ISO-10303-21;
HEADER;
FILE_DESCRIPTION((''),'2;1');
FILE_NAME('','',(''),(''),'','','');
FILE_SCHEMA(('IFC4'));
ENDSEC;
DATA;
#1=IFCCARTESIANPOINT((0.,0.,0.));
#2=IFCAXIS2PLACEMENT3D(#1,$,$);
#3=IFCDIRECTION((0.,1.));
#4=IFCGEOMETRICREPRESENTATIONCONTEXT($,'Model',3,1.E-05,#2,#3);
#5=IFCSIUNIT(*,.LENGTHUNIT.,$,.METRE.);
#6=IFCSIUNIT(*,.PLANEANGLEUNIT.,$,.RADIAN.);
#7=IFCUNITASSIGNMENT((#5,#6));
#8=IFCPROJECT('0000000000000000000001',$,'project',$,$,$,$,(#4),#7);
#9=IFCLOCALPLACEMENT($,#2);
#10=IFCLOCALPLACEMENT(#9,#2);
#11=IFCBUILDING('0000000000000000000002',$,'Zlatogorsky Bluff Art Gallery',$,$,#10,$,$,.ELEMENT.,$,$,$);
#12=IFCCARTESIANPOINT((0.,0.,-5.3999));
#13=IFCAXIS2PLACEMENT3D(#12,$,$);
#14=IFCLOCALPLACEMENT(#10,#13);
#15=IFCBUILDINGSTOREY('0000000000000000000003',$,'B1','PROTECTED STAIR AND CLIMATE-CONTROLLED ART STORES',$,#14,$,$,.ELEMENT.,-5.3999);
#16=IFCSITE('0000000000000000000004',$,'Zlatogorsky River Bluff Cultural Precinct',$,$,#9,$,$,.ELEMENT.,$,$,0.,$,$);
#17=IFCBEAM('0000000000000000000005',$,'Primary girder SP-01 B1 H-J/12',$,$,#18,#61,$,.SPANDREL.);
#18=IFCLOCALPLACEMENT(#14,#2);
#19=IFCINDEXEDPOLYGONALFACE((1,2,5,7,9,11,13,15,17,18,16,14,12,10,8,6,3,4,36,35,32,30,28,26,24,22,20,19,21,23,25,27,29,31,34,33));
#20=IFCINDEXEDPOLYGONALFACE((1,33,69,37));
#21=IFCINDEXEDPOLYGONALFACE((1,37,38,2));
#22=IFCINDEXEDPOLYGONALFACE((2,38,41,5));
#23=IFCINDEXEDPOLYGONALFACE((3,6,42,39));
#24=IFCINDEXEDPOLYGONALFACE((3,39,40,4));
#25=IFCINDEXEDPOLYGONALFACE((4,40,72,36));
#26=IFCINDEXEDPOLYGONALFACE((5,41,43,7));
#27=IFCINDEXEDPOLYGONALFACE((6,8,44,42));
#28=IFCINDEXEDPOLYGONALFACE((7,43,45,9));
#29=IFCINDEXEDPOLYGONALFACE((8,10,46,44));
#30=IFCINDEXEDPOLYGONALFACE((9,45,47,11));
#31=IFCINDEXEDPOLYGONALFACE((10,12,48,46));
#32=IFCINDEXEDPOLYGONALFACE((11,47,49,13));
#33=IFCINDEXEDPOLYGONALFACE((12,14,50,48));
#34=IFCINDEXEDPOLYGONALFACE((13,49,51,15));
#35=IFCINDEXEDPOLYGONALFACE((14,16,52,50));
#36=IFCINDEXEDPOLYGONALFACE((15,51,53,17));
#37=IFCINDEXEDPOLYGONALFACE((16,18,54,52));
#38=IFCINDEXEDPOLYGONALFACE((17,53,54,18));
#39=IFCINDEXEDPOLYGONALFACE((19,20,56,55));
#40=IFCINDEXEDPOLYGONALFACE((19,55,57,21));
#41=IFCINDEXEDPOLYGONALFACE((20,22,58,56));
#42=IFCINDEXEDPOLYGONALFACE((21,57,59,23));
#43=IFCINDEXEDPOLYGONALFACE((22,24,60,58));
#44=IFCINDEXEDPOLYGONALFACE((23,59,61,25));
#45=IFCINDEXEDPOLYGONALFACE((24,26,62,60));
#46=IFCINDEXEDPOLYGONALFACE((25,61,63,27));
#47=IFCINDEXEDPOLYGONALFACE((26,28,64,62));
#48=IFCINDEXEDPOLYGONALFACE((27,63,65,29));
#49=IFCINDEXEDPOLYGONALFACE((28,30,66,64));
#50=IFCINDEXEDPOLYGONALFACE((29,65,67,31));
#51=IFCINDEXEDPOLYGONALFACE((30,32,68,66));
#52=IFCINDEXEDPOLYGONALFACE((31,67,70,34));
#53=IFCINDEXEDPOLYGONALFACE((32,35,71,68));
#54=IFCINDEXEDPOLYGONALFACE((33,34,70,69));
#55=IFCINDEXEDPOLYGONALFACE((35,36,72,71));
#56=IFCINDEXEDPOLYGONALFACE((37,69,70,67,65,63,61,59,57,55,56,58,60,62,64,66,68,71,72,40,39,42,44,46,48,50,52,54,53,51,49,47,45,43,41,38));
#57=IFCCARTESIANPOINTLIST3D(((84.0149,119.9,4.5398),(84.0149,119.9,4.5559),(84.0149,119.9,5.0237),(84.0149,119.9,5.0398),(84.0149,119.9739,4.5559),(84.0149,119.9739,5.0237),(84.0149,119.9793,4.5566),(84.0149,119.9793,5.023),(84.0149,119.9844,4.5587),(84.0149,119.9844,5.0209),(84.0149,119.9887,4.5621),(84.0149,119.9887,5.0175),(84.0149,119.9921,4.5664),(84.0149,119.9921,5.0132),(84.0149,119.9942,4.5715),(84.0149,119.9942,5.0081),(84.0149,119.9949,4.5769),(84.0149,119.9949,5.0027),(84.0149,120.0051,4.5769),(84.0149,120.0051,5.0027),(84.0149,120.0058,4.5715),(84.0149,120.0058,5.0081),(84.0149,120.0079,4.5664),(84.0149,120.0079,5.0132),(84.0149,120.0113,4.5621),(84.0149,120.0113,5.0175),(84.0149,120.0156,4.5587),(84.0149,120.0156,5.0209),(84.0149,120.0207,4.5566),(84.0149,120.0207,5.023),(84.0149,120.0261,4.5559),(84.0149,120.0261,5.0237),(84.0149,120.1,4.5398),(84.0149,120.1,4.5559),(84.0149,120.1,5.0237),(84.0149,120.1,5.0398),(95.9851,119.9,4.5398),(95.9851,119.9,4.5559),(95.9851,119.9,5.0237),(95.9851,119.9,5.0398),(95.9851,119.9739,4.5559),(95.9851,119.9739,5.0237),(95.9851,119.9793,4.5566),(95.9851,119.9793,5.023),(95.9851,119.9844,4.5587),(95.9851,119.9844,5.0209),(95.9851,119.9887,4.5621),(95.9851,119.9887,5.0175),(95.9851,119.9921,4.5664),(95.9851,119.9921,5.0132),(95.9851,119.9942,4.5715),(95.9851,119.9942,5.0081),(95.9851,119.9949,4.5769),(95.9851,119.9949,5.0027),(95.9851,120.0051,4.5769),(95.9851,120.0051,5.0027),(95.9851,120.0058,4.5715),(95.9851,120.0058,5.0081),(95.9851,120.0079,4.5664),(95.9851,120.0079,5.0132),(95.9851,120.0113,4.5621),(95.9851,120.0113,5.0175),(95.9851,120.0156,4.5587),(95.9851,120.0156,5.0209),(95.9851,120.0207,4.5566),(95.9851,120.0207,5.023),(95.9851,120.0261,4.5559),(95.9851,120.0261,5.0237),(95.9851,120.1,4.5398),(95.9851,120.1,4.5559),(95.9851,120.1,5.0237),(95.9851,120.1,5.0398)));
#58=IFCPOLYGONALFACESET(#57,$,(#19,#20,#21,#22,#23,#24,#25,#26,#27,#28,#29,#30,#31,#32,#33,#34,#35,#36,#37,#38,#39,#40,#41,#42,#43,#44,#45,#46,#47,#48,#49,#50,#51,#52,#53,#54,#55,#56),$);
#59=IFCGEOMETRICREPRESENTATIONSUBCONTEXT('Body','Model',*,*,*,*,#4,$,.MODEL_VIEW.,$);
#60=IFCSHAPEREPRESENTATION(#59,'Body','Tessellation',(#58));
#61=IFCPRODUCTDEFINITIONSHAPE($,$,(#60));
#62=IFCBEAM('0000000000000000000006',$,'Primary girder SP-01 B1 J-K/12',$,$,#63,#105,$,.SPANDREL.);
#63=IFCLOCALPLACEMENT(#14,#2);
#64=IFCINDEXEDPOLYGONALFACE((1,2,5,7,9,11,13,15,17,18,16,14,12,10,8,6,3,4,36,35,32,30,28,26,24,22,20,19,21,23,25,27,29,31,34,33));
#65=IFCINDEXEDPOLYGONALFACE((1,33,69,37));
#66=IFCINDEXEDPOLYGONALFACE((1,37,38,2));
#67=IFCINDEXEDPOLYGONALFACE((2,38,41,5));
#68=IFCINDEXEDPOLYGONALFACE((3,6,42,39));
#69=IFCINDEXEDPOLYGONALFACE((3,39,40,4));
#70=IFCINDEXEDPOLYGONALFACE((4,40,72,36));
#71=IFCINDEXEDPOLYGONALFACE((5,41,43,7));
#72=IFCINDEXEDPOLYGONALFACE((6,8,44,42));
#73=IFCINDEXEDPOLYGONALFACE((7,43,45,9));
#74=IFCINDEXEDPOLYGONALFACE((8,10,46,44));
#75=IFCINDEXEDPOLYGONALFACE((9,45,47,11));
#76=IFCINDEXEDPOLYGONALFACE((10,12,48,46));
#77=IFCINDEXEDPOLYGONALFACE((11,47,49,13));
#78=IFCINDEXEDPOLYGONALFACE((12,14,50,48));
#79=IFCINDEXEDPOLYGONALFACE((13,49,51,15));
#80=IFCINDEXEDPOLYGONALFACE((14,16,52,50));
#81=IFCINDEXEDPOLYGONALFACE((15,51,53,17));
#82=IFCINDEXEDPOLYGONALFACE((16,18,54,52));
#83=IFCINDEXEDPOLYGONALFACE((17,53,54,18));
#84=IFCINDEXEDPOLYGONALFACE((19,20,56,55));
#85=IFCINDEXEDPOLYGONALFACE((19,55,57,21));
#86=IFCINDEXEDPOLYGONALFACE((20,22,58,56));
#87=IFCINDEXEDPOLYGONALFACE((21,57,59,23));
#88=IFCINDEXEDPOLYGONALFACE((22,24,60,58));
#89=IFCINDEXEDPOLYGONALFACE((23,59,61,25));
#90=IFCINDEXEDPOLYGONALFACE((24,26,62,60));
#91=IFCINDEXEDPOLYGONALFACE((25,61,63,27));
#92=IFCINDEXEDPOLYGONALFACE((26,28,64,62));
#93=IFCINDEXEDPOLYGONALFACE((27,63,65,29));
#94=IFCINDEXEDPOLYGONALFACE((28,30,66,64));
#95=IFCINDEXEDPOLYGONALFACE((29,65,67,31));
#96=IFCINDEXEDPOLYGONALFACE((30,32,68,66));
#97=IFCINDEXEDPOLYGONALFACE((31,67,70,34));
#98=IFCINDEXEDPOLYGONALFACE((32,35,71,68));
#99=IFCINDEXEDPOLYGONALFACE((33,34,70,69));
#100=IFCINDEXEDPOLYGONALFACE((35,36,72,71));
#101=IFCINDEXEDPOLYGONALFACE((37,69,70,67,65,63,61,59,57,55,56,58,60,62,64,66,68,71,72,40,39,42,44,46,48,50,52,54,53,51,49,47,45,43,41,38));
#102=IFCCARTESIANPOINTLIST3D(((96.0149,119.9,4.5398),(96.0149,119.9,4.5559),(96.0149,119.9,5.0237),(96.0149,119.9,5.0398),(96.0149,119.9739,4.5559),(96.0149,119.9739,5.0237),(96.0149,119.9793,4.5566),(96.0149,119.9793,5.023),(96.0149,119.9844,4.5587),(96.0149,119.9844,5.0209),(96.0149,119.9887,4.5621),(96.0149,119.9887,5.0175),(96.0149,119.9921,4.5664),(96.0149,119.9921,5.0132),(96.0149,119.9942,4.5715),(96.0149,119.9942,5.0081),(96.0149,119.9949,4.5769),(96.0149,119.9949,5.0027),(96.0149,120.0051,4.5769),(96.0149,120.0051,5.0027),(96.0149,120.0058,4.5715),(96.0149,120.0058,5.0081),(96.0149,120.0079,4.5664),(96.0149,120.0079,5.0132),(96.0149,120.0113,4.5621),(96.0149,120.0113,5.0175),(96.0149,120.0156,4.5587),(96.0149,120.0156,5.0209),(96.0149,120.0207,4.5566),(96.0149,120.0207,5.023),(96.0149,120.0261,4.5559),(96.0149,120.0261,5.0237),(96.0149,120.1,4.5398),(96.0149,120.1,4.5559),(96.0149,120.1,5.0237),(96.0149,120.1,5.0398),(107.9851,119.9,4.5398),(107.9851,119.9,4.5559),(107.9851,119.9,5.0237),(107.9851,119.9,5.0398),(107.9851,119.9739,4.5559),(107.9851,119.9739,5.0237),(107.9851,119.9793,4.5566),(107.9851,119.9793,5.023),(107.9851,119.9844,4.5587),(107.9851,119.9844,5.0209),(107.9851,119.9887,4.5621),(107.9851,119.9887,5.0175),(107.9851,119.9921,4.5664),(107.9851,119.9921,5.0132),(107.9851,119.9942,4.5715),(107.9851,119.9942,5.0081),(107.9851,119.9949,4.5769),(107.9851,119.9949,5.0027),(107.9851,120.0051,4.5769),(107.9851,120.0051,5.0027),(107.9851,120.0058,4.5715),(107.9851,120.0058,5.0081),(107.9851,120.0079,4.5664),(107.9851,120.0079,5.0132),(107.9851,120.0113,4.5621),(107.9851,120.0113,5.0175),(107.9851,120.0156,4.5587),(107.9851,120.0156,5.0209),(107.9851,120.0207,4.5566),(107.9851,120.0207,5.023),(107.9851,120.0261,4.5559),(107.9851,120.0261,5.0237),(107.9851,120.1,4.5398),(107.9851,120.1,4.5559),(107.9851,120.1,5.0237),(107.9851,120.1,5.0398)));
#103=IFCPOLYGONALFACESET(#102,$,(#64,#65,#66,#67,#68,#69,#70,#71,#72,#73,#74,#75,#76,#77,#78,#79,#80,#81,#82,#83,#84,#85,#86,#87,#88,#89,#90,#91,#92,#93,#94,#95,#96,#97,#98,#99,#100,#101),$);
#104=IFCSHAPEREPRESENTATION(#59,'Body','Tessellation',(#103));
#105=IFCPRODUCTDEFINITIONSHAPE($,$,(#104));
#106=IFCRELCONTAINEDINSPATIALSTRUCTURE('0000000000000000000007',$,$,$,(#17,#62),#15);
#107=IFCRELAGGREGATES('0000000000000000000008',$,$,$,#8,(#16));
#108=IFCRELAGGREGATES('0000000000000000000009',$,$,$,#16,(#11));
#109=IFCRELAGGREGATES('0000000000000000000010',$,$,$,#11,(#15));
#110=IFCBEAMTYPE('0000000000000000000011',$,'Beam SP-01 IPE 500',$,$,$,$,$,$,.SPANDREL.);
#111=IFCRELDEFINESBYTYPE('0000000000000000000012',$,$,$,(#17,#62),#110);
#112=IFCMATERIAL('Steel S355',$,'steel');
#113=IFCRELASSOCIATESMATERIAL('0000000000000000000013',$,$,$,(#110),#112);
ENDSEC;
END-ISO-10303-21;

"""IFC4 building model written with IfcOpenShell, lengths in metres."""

from ifc_helpers import new_model, si_unit, direction, frame, origin, origin_2d, place, context, subcontext, project, spatial, i_section, extrude, material, material_profile, profile_set, type_object, element, save


model = new_model("IFC4")

# Units and contexts
model_context = context("Model", 3, precision=1e-05, world=origin(), true_north=direction((0.0, 1.0)))
body_context = subcontext(model_context, "Body", "Model", "MODEL_VIEW")
ifc_project = project(units=[si_unit("LENGTHUNIT", "METRE"), si_unit("PLANEANGLEUNIT", "RADIAN")], contexts=[model_context])

# Site, building, storey
site_placement = place(None, origin())
site = spatial("IfcSite", under=ifc_project, at=site_placement, Name="Zlatogorsky River Bluff Cultural Precinct", CompositionType="ELEMENT", RefElevation=0.0)
building_placement = place(site_placement, origin())
building = spatial("IfcBuilding", under=site, at=building_placement, Name="Zlatogorsky Bluff Art Gallery", CompositionType="ELEMENT")
storey_placement = place(building_placement, frame((0.0, 0.0, -5.3999)))
storey = spatial("IfcBuildingStorey", under=building, at=storey_placement, Name="B1", Description="PROTECTED STAIR AND CLIMATE-CONTROLLED ART STORES", CompositionType="ELEMENT", Elevation=-5.3999)

# Shared definitions
ifc_material_1 = material(Name="Steel S355", Category="steel")

# Beams
ifc_material_profile_1 = material_profile(ifc_material_1, i_section(OverallWidth=0.2, OverallDepth=0.5, WebThickness=0.0103, FlangeThickness=0.0161, FilletRadius=0.021, at=origin_2d()), Name="IPE 500")
ifc_profile_set_1 = profile_set([ifc_material_profile_1], Name="Steel S355")
beam_type_1 = type_object("IfcBeamType", Name="Beam SP-01 IPE 500", PredefinedType="SPANDREL", material=ifc_profile_set_1)
for number, where, z_axis, x_axis, name in (
    (1, (84.0149, 120.0, 4.7898), (1.0, 0.0, 0.0), (0.0, 1.0, 0.0), "Primary girder SP-01 B1 H-J/12"),
    (2, (96.0149, 120.0, 4.7898), (1.0, 0.0, 0.0), (0.0, 1.0, 0.0), "Primary girder SP-01 B1 J-K/12"),
):
    element("IfcBeam", number, at=place(storey_placement, frame(where, z_axis=z_axis, x_axis=x_axis)), inside=storey, type_object=beam_type_1, Name=name, PredefinedType="SPANDREL", context=body_context, shape_type="SweptSolid", body=[
        extrude(i_section(OverallWidth=0.2, OverallDepth=0.5, WebThickness=0.0103, FlangeThickness=0.0161, FilletRadius=0.021, at=origin_2d()), origin(), (0.0, 0.0, 1.0), 11.9702),
    ])

save(model, "model.ifc")
